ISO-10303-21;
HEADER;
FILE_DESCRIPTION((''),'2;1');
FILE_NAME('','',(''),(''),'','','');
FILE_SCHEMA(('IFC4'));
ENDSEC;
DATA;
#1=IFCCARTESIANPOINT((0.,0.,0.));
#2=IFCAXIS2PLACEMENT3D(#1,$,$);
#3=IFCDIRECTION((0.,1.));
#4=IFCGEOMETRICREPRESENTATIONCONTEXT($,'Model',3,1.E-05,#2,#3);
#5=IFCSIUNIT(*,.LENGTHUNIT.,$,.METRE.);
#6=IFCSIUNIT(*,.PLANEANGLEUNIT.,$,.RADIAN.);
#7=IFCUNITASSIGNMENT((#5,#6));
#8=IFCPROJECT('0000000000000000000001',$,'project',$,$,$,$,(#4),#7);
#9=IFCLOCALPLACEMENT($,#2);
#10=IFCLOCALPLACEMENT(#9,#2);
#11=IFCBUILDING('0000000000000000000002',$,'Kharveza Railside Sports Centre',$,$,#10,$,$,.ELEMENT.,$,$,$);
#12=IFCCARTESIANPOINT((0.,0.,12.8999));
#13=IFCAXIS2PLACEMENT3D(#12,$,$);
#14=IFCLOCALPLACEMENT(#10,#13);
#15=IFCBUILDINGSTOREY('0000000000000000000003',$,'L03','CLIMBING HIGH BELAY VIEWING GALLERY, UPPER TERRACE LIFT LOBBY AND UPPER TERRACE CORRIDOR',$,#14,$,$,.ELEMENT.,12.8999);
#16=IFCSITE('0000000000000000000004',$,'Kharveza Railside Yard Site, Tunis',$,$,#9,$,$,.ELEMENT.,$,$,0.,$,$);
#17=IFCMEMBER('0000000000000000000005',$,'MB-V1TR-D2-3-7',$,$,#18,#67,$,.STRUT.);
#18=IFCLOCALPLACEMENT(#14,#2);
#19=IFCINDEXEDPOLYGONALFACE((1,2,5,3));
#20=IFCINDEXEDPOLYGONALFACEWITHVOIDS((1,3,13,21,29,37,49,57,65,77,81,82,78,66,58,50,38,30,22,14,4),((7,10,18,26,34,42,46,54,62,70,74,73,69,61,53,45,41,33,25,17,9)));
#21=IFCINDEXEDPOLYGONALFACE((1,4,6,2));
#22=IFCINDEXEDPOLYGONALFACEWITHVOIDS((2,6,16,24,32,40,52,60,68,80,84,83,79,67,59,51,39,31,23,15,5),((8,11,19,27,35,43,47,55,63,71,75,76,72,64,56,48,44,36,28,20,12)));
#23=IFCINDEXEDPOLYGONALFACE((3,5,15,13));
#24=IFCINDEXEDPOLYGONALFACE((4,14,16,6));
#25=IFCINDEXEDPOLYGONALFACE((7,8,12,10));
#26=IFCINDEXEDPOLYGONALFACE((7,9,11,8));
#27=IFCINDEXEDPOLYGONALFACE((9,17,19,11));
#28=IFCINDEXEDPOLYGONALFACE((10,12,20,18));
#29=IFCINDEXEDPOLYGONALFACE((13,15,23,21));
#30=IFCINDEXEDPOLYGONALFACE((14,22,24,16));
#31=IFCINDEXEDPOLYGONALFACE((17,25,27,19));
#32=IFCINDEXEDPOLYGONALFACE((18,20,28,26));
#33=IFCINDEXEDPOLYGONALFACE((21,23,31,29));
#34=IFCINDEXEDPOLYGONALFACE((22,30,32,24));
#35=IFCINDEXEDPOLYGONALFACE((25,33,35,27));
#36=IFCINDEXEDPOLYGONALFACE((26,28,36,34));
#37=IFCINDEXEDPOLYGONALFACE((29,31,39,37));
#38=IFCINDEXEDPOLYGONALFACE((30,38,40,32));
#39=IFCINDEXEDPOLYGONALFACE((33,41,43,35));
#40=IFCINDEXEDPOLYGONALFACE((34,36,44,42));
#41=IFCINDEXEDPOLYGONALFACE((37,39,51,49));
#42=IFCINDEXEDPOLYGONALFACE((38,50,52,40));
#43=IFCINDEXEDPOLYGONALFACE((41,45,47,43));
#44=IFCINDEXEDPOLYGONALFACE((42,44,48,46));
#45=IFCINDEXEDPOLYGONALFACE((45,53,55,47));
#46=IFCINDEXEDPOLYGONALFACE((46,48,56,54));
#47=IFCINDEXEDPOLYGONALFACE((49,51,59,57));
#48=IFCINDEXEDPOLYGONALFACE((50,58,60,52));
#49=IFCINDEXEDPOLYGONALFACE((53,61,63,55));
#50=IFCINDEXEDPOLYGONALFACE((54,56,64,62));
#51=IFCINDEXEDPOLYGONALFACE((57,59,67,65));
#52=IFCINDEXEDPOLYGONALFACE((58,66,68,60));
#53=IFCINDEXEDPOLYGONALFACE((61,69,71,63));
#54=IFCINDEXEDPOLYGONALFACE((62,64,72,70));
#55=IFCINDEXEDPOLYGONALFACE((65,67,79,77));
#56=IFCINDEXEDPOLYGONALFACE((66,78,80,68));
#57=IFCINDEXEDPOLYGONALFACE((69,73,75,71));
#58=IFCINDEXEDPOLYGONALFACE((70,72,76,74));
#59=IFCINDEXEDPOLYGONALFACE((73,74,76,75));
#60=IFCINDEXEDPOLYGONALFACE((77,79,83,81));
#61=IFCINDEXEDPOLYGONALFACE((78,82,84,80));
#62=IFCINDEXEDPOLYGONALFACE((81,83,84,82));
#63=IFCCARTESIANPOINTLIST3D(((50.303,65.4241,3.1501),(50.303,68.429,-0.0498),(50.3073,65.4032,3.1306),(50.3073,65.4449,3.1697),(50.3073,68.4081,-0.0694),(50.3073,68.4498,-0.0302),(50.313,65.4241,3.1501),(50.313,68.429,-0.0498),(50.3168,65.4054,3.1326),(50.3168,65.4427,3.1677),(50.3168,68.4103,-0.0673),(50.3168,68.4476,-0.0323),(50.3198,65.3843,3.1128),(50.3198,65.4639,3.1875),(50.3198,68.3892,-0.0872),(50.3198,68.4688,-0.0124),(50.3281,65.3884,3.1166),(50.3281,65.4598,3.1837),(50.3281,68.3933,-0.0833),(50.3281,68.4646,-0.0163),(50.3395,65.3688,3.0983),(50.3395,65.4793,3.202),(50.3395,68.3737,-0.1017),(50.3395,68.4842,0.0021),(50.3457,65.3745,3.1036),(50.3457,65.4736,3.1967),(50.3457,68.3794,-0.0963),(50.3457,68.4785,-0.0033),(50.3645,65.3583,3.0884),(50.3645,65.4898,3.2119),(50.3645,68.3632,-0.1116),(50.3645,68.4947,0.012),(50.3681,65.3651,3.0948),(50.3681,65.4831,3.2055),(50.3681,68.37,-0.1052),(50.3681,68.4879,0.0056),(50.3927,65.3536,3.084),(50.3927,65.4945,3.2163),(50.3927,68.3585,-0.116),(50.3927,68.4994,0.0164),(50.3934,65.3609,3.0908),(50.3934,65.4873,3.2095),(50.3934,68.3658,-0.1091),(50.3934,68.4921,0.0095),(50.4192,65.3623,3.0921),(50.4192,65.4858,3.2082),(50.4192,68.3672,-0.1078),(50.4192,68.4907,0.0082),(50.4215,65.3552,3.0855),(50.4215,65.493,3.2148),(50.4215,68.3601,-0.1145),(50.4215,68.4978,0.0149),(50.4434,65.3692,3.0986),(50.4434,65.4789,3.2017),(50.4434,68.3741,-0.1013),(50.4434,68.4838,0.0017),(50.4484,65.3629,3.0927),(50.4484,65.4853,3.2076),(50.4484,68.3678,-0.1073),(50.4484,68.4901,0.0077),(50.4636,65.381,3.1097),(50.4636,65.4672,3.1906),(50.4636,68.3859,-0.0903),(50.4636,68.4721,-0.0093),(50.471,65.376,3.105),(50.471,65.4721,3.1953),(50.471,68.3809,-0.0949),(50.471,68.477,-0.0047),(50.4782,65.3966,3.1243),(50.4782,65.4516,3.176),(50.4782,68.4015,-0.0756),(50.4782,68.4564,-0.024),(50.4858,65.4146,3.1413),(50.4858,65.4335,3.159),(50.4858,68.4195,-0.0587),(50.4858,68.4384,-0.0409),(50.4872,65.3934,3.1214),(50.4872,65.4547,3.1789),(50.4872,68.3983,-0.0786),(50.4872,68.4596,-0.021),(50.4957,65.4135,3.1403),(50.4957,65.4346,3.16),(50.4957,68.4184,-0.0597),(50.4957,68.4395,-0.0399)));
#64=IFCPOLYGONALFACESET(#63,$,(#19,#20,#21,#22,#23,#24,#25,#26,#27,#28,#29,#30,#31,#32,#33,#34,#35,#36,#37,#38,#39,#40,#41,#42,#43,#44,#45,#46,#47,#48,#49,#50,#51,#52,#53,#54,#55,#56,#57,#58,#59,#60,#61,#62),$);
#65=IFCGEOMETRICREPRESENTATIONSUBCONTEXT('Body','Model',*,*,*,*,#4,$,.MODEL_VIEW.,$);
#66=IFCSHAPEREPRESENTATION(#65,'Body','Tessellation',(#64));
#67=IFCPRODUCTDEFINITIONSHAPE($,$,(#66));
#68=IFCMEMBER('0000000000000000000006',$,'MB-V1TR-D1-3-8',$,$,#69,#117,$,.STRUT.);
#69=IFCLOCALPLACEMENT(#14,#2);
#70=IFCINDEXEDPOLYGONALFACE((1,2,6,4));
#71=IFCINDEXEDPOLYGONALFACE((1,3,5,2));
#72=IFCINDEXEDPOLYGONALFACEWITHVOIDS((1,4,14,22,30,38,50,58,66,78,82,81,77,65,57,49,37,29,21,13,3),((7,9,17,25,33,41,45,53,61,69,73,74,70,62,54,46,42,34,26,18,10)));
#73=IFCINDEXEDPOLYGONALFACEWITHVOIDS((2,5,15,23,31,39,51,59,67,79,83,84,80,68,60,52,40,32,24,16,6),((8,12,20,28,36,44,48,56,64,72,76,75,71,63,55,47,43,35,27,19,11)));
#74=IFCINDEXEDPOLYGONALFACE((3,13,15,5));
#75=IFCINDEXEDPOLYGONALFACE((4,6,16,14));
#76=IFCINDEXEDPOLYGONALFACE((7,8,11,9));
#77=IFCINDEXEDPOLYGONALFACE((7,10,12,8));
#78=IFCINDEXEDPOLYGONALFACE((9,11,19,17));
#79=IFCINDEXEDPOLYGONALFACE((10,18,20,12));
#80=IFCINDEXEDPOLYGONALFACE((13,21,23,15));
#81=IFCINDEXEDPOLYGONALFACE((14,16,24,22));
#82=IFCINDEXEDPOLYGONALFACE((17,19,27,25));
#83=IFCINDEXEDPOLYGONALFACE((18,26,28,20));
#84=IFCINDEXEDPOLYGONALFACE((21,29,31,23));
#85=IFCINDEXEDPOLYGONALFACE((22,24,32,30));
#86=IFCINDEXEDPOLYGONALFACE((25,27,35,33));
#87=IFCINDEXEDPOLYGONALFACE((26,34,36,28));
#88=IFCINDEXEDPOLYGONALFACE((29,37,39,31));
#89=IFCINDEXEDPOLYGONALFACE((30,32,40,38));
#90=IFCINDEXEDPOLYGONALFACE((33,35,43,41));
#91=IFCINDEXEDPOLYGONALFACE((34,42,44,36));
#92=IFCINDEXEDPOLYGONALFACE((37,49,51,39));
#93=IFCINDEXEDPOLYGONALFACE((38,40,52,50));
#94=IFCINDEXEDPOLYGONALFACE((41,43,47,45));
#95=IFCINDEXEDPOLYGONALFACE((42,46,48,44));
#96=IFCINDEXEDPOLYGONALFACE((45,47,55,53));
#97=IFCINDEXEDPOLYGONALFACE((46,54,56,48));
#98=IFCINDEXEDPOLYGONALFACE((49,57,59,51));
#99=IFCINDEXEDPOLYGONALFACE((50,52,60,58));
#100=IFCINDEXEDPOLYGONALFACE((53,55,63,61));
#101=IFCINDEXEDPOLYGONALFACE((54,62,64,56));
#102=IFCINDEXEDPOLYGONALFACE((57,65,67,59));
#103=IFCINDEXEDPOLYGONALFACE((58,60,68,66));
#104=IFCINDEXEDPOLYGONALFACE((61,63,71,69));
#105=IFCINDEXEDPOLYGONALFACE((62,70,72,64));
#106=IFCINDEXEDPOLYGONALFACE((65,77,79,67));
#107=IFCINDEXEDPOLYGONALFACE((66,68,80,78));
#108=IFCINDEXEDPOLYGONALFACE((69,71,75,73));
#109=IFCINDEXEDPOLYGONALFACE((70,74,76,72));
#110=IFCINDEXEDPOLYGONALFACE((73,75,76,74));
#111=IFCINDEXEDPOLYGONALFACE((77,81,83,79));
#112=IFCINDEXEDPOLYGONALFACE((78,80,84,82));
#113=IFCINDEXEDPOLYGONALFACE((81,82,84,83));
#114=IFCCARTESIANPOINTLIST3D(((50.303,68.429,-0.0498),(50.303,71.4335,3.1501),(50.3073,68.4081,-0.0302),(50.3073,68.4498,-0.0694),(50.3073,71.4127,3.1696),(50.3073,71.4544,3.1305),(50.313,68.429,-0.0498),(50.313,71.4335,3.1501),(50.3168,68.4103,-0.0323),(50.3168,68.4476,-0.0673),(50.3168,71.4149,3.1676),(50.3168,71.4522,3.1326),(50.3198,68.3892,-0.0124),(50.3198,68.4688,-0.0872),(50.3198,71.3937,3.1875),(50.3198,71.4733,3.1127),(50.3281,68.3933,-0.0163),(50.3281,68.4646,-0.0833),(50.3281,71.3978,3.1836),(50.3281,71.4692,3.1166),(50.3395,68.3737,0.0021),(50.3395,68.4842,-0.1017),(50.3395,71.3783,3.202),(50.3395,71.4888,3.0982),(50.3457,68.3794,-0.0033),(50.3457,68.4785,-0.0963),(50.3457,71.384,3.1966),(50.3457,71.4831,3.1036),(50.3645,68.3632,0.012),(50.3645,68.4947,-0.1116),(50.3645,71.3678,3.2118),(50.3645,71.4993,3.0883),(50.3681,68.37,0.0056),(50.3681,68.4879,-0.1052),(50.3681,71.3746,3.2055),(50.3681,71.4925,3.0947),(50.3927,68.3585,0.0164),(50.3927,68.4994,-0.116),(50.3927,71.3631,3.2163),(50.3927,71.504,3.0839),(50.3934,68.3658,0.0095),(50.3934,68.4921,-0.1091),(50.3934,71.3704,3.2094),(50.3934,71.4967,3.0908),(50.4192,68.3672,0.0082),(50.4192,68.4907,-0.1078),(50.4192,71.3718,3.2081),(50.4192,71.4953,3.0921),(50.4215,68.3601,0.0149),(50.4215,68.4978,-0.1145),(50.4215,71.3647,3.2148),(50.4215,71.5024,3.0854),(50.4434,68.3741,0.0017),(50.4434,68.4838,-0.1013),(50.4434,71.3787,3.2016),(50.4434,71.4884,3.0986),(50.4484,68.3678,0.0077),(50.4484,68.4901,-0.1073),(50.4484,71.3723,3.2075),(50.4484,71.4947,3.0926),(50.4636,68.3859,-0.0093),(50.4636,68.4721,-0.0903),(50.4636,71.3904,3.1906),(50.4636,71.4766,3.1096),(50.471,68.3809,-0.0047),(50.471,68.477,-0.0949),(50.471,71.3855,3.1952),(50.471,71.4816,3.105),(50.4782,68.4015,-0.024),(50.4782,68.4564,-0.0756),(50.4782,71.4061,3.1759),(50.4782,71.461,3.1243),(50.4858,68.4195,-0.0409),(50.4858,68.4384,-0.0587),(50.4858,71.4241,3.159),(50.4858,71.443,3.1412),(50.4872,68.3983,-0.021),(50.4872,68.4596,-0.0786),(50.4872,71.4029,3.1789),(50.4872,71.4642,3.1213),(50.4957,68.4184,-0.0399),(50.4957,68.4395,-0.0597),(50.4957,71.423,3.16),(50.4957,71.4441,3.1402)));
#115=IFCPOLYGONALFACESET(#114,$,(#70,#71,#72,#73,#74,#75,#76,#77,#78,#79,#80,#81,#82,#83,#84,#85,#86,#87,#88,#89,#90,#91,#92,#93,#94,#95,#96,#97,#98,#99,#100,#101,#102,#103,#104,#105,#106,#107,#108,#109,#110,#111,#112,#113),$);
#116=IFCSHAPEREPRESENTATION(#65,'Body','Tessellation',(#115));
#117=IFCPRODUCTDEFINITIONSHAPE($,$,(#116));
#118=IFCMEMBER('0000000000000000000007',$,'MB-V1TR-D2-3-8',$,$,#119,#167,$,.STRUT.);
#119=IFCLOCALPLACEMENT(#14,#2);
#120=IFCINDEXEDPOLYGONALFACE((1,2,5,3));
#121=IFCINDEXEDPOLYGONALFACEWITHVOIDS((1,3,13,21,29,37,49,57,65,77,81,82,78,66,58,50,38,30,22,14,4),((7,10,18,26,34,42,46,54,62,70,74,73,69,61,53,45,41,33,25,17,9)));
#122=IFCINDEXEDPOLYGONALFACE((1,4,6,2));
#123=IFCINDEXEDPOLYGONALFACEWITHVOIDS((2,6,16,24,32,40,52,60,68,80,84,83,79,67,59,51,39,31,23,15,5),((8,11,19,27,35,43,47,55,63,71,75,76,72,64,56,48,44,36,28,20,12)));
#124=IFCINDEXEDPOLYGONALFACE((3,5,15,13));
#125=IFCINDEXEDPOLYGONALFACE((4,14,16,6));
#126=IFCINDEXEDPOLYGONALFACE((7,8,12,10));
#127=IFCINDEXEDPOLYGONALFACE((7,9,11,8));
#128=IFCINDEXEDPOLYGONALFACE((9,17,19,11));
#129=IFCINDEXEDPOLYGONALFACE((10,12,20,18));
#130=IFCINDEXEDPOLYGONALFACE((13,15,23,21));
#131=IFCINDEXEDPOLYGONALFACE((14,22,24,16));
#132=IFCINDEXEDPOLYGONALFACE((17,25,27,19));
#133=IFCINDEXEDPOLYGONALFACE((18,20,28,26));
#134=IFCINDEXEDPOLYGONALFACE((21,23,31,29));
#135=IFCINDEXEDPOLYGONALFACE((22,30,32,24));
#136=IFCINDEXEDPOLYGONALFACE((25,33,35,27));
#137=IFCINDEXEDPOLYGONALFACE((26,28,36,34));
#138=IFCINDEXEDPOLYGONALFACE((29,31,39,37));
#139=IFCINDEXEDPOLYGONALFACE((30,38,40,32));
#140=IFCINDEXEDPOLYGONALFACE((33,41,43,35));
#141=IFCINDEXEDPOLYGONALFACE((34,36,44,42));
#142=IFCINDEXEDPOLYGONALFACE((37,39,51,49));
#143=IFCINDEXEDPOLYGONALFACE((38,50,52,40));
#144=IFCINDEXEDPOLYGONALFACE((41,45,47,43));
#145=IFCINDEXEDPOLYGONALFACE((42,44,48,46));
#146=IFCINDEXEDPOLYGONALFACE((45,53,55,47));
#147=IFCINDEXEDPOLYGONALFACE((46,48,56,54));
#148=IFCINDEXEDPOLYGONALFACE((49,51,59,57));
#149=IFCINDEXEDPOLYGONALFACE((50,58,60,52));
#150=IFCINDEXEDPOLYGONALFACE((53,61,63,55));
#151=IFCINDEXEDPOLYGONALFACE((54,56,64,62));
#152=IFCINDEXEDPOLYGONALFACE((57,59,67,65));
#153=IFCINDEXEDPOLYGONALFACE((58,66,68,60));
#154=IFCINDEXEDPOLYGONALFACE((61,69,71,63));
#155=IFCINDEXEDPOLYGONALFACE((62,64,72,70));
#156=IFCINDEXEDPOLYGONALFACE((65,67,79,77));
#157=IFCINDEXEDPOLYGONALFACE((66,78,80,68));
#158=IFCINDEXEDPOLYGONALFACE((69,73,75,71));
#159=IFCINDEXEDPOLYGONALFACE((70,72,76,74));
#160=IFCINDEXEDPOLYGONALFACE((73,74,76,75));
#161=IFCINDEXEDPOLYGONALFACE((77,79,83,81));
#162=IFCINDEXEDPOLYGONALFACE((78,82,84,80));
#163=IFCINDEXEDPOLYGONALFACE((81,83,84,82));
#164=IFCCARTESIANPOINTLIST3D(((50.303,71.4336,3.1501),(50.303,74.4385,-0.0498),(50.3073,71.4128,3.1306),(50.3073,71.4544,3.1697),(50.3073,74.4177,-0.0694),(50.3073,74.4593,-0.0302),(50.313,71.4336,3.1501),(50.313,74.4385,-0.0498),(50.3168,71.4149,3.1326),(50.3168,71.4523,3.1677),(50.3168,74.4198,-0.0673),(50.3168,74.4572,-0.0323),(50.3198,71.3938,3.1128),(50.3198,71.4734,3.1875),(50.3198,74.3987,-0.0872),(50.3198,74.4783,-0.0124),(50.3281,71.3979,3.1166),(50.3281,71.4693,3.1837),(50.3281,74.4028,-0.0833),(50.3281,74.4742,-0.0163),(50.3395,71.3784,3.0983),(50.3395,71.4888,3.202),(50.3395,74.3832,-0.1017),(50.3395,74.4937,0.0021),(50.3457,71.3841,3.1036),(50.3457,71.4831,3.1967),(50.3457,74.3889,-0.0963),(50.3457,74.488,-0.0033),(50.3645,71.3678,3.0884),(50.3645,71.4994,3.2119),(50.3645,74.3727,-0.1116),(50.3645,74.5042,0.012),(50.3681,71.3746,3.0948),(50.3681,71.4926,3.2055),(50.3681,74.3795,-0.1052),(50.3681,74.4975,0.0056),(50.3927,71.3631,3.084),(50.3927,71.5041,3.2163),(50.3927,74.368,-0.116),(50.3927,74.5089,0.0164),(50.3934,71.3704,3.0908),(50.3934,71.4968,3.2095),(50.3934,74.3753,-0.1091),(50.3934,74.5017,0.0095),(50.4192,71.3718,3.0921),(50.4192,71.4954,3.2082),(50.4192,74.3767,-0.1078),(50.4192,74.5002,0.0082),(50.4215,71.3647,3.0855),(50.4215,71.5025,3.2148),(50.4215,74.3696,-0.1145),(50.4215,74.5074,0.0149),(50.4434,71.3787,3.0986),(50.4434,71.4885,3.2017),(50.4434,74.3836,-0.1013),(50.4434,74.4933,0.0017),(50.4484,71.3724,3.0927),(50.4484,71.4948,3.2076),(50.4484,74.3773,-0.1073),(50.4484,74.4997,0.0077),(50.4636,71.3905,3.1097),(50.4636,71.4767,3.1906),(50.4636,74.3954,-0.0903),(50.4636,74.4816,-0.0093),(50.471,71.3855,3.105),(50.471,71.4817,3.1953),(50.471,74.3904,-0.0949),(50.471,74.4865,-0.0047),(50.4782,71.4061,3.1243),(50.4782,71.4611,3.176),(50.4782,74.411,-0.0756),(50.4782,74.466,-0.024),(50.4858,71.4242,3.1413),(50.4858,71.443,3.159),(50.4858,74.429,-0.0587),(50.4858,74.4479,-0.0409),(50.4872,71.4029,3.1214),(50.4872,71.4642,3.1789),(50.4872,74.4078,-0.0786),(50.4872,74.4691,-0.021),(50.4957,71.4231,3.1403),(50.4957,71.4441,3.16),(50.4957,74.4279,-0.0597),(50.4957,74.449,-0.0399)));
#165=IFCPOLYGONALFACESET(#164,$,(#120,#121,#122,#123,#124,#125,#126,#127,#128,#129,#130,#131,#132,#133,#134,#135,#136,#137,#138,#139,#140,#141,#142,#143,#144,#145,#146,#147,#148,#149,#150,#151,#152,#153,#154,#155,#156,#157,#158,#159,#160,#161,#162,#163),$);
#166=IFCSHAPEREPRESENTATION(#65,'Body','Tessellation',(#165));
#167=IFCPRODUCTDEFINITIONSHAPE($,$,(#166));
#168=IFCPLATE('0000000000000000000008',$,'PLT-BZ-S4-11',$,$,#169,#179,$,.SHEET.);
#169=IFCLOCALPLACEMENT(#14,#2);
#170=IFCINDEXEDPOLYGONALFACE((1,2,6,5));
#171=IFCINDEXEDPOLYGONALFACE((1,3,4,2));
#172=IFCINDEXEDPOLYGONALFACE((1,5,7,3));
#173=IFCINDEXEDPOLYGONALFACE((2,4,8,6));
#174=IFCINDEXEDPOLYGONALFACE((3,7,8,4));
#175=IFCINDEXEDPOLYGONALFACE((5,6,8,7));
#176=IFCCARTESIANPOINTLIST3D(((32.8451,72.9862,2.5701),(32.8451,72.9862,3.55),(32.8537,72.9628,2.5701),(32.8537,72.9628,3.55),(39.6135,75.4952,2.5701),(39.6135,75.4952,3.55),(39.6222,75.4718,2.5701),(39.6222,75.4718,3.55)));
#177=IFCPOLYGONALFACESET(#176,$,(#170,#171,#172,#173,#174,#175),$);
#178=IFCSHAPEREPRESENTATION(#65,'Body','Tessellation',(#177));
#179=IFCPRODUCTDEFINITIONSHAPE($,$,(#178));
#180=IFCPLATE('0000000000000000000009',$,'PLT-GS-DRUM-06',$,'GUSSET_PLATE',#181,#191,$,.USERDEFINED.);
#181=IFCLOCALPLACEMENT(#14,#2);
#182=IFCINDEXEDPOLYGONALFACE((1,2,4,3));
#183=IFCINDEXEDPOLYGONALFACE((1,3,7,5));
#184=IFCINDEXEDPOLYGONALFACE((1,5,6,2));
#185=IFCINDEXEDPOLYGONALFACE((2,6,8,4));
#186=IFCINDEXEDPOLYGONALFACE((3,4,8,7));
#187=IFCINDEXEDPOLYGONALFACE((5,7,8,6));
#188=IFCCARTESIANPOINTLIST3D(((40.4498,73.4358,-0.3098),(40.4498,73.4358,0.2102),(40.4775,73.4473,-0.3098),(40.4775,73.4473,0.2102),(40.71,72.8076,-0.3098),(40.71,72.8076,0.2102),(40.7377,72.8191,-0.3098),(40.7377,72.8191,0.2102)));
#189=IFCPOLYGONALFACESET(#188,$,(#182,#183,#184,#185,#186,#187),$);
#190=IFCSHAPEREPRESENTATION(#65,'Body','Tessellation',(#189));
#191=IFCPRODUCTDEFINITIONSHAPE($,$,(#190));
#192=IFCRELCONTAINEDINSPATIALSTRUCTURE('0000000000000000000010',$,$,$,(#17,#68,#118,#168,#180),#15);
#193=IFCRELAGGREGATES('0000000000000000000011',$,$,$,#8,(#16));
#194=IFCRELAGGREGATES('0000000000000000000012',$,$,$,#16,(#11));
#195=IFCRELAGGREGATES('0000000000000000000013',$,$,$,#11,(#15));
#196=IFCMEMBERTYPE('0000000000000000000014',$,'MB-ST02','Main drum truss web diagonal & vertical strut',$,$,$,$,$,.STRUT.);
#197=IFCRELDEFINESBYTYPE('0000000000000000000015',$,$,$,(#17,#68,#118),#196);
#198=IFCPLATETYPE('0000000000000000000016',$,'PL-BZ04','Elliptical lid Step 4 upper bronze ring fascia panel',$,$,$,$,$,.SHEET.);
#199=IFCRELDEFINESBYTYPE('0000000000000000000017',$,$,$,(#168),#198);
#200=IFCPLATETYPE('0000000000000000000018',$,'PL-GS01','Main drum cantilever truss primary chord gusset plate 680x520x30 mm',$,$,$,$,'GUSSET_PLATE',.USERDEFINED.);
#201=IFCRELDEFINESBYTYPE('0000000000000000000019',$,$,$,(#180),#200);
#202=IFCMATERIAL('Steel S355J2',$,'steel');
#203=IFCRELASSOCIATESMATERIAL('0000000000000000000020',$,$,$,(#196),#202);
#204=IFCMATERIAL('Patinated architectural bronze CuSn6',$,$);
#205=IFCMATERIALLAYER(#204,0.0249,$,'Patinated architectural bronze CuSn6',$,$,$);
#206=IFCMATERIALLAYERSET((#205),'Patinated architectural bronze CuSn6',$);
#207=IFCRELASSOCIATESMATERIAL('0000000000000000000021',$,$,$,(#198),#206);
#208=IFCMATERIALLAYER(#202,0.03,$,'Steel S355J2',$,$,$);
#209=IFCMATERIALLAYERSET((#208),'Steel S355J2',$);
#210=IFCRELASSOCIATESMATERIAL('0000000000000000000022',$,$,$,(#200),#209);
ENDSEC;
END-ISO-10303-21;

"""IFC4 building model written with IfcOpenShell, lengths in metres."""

from ifc_helpers import new_model, si_unit, direction, frame, origin, origin_2d, place, context, subcontext, project, spatial, rectangle, hollow_circle, extrude, material, layer, layer_set, material_profile, profile_set, type_object, element, save


model = new_model("IFC4")

# Units and contexts
model_context = context("Model", 3, precision=1e-05, world=origin(), true_north=direction((0.0, 1.0)))
body_context = subcontext(model_context, "Body", "Model", "MODEL_VIEW")
ifc_project = project(units=[si_unit("LENGTHUNIT", "METRE"), si_unit("PLANEANGLEUNIT", "RADIAN")], contexts=[model_context])

# Site, building, storey
site_placement = place(None, origin())
site = spatial("IfcSite", under=ifc_project, at=site_placement, Name="Kharveza Railside Yard Site, Tunis", CompositionType="ELEMENT", RefElevation=0.0)
building_placement = place(site_placement, origin())
building = spatial("IfcBuilding", under=site, at=building_placement, Name="Kharveza Railside Sports Centre", CompositionType="ELEMENT")
storey_placement = place(building_placement, frame((0.0, 0.0, 12.8999)))
storey = spatial("IfcBuildingStorey", under=building, at=storey_placement, Name="L03", Description="CLIMBING HIGH BELAY VIEWING GALLERY, UPPER TERRACE LIFT LOBBY AND UPPER TERRACE CORRIDOR", CompositionType="ELEMENT", Elevation=12.8999)

# Members
ifc_material_1 = material(Name="Steel S355J2", Category="steel")
ifc_material_profile_1 = material_profile(ifc_material_1, hollow_circle(Radius=0.0969, WallThickness=0.01, at=origin_2d()), Name="CHS 193.7x10.0")
ifc_profile_set_1 = profile_set([ifc_material_profile_1], Name="Steel S355J2")
member_type_1 = type_object("IfcMemberType", Name="MB-ST02", Description="Main drum truss web diagonal & vertical strut", PredefinedType="STRUT", material=ifc_profile_set_1)
for number, where, z_axis, x_axis, name in (
    (1, (50.3999, 65.4241, 3.1501), (0.0, 0.684538, -0.728977), (-1.0, 0.0, 0.0), "MB-V1TR-D2-3-7"),
):
    element("IfcMember", number, at=place(storey_placement, frame(where, z_axis=z_axis, x_axis=x_axis)), inside=storey, type_object=member_type_1, Name=name, PredefinedType="STRUT", context=body_context, shape_type="SweptSolid", body=[
        extrude(hollow_circle(Radius=0.0969, WallThickness=0.01, at=origin_2d()), origin(), (0.0, 0.0, 1.0), 4.3896),
    ])
member_1_placement = place(storey_placement, frame((50.3999, 68.429, -0.0498), z_axis=(0.0, 0.684509, 0.729004), x_axis=(-1.0, 0.0, 0.0)))
element("IfcMember", 2, at=member_1_placement, inside=storey, type_object=member_type_1, Name="MB-V1TR-D1-3-8", PredefinedType="STRUT", context=body_context, shape_type="SweptSolid", body=[
    extrude(hollow_circle(Radius=0.0969, WallThickness=0.01, at=origin_2d()), origin(), (0.0, 0.0, 1.0), 4.3894),
])
member_2_placement = place(storey_placement, frame((50.3999, 71.4336, 3.1501), z_axis=(0.0, 0.684538, -0.728977), x_axis=(-1.0, 0.0, 0.0)))
element("IfcMember", 3, at=member_2_placement, inside=storey, type_object=member_type_1, Name="MB-V1TR-D2-3-8", PredefinedType="STRUT", context=body_context, shape_type="SweptSolid", body=[
    extrude(hollow_circle(Radius=0.0969, WallThickness=0.01, at=origin_2d()), origin(), (0.0, 0.0, 1.0), 4.3896),
])

# Plates
ifc_material_2 = material(Name="Patinated architectural bronze CuSn6")
ifc_layer_1 = layer(ifc_material_2, 0.0249, Name="Patinated architectural bronze CuSn6")
ifc_layer_set_1 = layer_set([ifc_layer_1], Name="Patinated architectural bronze CuSn6")
plate_type_1 = type_object("IfcPlateType", Name="PL-BZ04", Description="Elliptical lid Step 4 upper bronze ring fascia panel", PredefinedType="SHEET", material=ifc_layer_set_1)
plate_1_placement = place(storey_placement, frame((36.2336, 74.229, 2.5701), z_axis=(0.0, 0.0, 1.0), x_axis=(-0.937653, -0.347574, 0.0)))
element("IfcPlate", 4, at=plate_1_placement, inside=storey, type_object=plate_type_1, Name="PLT-BZ-S4-11", PredefinedType="SHEET", context=body_context, shape_type="SweptSolid", body=[
    extrude(rectangle(XDim=7.2185, YDim=0.0249, at=origin_2d()), origin(), (0.0, 0.0, 1.0), 0.98),
])
ifc_layer_2 = layer(ifc_material_1, 0.03, Name="Steel S355J2")
ifc_layer_set_2 = layer_set([ifc_layer_2], Name="Steel S355J2")
plate_type_2 = type_object("IfcPlateType", Name="PL-GS01", Description="Main drum cantilever truss primary chord gusset plate 680x520x30 mm", ElementType="GUSSET_PLATE", PredefinedType="USERDEFINED", material=ifc_layer_set_2)
plate_2_placement = place(storey_placement, frame((40.5938, 73.1274, -0.3098), z_axis=(0.0, 0.0, 1.0), x_axis=(-0.382683, 0.92388, 0.0)))
element("IfcPlate", 5, at=plate_2_placement, inside=storey, type_object=plate_type_2, Name="PLT-GS-DRUM-06", ObjectType="GUSSET_PLATE", PredefinedType="USERDEFINED", context=body_context, shape_type="SweptSolid", body=[
    extrude(rectangle(XDim=0.6799, YDim=0.03, at=origin_2d()), origin(), (0.0, 0.0, 1.0), 0.52),
])

save(model, "model.ifc")
